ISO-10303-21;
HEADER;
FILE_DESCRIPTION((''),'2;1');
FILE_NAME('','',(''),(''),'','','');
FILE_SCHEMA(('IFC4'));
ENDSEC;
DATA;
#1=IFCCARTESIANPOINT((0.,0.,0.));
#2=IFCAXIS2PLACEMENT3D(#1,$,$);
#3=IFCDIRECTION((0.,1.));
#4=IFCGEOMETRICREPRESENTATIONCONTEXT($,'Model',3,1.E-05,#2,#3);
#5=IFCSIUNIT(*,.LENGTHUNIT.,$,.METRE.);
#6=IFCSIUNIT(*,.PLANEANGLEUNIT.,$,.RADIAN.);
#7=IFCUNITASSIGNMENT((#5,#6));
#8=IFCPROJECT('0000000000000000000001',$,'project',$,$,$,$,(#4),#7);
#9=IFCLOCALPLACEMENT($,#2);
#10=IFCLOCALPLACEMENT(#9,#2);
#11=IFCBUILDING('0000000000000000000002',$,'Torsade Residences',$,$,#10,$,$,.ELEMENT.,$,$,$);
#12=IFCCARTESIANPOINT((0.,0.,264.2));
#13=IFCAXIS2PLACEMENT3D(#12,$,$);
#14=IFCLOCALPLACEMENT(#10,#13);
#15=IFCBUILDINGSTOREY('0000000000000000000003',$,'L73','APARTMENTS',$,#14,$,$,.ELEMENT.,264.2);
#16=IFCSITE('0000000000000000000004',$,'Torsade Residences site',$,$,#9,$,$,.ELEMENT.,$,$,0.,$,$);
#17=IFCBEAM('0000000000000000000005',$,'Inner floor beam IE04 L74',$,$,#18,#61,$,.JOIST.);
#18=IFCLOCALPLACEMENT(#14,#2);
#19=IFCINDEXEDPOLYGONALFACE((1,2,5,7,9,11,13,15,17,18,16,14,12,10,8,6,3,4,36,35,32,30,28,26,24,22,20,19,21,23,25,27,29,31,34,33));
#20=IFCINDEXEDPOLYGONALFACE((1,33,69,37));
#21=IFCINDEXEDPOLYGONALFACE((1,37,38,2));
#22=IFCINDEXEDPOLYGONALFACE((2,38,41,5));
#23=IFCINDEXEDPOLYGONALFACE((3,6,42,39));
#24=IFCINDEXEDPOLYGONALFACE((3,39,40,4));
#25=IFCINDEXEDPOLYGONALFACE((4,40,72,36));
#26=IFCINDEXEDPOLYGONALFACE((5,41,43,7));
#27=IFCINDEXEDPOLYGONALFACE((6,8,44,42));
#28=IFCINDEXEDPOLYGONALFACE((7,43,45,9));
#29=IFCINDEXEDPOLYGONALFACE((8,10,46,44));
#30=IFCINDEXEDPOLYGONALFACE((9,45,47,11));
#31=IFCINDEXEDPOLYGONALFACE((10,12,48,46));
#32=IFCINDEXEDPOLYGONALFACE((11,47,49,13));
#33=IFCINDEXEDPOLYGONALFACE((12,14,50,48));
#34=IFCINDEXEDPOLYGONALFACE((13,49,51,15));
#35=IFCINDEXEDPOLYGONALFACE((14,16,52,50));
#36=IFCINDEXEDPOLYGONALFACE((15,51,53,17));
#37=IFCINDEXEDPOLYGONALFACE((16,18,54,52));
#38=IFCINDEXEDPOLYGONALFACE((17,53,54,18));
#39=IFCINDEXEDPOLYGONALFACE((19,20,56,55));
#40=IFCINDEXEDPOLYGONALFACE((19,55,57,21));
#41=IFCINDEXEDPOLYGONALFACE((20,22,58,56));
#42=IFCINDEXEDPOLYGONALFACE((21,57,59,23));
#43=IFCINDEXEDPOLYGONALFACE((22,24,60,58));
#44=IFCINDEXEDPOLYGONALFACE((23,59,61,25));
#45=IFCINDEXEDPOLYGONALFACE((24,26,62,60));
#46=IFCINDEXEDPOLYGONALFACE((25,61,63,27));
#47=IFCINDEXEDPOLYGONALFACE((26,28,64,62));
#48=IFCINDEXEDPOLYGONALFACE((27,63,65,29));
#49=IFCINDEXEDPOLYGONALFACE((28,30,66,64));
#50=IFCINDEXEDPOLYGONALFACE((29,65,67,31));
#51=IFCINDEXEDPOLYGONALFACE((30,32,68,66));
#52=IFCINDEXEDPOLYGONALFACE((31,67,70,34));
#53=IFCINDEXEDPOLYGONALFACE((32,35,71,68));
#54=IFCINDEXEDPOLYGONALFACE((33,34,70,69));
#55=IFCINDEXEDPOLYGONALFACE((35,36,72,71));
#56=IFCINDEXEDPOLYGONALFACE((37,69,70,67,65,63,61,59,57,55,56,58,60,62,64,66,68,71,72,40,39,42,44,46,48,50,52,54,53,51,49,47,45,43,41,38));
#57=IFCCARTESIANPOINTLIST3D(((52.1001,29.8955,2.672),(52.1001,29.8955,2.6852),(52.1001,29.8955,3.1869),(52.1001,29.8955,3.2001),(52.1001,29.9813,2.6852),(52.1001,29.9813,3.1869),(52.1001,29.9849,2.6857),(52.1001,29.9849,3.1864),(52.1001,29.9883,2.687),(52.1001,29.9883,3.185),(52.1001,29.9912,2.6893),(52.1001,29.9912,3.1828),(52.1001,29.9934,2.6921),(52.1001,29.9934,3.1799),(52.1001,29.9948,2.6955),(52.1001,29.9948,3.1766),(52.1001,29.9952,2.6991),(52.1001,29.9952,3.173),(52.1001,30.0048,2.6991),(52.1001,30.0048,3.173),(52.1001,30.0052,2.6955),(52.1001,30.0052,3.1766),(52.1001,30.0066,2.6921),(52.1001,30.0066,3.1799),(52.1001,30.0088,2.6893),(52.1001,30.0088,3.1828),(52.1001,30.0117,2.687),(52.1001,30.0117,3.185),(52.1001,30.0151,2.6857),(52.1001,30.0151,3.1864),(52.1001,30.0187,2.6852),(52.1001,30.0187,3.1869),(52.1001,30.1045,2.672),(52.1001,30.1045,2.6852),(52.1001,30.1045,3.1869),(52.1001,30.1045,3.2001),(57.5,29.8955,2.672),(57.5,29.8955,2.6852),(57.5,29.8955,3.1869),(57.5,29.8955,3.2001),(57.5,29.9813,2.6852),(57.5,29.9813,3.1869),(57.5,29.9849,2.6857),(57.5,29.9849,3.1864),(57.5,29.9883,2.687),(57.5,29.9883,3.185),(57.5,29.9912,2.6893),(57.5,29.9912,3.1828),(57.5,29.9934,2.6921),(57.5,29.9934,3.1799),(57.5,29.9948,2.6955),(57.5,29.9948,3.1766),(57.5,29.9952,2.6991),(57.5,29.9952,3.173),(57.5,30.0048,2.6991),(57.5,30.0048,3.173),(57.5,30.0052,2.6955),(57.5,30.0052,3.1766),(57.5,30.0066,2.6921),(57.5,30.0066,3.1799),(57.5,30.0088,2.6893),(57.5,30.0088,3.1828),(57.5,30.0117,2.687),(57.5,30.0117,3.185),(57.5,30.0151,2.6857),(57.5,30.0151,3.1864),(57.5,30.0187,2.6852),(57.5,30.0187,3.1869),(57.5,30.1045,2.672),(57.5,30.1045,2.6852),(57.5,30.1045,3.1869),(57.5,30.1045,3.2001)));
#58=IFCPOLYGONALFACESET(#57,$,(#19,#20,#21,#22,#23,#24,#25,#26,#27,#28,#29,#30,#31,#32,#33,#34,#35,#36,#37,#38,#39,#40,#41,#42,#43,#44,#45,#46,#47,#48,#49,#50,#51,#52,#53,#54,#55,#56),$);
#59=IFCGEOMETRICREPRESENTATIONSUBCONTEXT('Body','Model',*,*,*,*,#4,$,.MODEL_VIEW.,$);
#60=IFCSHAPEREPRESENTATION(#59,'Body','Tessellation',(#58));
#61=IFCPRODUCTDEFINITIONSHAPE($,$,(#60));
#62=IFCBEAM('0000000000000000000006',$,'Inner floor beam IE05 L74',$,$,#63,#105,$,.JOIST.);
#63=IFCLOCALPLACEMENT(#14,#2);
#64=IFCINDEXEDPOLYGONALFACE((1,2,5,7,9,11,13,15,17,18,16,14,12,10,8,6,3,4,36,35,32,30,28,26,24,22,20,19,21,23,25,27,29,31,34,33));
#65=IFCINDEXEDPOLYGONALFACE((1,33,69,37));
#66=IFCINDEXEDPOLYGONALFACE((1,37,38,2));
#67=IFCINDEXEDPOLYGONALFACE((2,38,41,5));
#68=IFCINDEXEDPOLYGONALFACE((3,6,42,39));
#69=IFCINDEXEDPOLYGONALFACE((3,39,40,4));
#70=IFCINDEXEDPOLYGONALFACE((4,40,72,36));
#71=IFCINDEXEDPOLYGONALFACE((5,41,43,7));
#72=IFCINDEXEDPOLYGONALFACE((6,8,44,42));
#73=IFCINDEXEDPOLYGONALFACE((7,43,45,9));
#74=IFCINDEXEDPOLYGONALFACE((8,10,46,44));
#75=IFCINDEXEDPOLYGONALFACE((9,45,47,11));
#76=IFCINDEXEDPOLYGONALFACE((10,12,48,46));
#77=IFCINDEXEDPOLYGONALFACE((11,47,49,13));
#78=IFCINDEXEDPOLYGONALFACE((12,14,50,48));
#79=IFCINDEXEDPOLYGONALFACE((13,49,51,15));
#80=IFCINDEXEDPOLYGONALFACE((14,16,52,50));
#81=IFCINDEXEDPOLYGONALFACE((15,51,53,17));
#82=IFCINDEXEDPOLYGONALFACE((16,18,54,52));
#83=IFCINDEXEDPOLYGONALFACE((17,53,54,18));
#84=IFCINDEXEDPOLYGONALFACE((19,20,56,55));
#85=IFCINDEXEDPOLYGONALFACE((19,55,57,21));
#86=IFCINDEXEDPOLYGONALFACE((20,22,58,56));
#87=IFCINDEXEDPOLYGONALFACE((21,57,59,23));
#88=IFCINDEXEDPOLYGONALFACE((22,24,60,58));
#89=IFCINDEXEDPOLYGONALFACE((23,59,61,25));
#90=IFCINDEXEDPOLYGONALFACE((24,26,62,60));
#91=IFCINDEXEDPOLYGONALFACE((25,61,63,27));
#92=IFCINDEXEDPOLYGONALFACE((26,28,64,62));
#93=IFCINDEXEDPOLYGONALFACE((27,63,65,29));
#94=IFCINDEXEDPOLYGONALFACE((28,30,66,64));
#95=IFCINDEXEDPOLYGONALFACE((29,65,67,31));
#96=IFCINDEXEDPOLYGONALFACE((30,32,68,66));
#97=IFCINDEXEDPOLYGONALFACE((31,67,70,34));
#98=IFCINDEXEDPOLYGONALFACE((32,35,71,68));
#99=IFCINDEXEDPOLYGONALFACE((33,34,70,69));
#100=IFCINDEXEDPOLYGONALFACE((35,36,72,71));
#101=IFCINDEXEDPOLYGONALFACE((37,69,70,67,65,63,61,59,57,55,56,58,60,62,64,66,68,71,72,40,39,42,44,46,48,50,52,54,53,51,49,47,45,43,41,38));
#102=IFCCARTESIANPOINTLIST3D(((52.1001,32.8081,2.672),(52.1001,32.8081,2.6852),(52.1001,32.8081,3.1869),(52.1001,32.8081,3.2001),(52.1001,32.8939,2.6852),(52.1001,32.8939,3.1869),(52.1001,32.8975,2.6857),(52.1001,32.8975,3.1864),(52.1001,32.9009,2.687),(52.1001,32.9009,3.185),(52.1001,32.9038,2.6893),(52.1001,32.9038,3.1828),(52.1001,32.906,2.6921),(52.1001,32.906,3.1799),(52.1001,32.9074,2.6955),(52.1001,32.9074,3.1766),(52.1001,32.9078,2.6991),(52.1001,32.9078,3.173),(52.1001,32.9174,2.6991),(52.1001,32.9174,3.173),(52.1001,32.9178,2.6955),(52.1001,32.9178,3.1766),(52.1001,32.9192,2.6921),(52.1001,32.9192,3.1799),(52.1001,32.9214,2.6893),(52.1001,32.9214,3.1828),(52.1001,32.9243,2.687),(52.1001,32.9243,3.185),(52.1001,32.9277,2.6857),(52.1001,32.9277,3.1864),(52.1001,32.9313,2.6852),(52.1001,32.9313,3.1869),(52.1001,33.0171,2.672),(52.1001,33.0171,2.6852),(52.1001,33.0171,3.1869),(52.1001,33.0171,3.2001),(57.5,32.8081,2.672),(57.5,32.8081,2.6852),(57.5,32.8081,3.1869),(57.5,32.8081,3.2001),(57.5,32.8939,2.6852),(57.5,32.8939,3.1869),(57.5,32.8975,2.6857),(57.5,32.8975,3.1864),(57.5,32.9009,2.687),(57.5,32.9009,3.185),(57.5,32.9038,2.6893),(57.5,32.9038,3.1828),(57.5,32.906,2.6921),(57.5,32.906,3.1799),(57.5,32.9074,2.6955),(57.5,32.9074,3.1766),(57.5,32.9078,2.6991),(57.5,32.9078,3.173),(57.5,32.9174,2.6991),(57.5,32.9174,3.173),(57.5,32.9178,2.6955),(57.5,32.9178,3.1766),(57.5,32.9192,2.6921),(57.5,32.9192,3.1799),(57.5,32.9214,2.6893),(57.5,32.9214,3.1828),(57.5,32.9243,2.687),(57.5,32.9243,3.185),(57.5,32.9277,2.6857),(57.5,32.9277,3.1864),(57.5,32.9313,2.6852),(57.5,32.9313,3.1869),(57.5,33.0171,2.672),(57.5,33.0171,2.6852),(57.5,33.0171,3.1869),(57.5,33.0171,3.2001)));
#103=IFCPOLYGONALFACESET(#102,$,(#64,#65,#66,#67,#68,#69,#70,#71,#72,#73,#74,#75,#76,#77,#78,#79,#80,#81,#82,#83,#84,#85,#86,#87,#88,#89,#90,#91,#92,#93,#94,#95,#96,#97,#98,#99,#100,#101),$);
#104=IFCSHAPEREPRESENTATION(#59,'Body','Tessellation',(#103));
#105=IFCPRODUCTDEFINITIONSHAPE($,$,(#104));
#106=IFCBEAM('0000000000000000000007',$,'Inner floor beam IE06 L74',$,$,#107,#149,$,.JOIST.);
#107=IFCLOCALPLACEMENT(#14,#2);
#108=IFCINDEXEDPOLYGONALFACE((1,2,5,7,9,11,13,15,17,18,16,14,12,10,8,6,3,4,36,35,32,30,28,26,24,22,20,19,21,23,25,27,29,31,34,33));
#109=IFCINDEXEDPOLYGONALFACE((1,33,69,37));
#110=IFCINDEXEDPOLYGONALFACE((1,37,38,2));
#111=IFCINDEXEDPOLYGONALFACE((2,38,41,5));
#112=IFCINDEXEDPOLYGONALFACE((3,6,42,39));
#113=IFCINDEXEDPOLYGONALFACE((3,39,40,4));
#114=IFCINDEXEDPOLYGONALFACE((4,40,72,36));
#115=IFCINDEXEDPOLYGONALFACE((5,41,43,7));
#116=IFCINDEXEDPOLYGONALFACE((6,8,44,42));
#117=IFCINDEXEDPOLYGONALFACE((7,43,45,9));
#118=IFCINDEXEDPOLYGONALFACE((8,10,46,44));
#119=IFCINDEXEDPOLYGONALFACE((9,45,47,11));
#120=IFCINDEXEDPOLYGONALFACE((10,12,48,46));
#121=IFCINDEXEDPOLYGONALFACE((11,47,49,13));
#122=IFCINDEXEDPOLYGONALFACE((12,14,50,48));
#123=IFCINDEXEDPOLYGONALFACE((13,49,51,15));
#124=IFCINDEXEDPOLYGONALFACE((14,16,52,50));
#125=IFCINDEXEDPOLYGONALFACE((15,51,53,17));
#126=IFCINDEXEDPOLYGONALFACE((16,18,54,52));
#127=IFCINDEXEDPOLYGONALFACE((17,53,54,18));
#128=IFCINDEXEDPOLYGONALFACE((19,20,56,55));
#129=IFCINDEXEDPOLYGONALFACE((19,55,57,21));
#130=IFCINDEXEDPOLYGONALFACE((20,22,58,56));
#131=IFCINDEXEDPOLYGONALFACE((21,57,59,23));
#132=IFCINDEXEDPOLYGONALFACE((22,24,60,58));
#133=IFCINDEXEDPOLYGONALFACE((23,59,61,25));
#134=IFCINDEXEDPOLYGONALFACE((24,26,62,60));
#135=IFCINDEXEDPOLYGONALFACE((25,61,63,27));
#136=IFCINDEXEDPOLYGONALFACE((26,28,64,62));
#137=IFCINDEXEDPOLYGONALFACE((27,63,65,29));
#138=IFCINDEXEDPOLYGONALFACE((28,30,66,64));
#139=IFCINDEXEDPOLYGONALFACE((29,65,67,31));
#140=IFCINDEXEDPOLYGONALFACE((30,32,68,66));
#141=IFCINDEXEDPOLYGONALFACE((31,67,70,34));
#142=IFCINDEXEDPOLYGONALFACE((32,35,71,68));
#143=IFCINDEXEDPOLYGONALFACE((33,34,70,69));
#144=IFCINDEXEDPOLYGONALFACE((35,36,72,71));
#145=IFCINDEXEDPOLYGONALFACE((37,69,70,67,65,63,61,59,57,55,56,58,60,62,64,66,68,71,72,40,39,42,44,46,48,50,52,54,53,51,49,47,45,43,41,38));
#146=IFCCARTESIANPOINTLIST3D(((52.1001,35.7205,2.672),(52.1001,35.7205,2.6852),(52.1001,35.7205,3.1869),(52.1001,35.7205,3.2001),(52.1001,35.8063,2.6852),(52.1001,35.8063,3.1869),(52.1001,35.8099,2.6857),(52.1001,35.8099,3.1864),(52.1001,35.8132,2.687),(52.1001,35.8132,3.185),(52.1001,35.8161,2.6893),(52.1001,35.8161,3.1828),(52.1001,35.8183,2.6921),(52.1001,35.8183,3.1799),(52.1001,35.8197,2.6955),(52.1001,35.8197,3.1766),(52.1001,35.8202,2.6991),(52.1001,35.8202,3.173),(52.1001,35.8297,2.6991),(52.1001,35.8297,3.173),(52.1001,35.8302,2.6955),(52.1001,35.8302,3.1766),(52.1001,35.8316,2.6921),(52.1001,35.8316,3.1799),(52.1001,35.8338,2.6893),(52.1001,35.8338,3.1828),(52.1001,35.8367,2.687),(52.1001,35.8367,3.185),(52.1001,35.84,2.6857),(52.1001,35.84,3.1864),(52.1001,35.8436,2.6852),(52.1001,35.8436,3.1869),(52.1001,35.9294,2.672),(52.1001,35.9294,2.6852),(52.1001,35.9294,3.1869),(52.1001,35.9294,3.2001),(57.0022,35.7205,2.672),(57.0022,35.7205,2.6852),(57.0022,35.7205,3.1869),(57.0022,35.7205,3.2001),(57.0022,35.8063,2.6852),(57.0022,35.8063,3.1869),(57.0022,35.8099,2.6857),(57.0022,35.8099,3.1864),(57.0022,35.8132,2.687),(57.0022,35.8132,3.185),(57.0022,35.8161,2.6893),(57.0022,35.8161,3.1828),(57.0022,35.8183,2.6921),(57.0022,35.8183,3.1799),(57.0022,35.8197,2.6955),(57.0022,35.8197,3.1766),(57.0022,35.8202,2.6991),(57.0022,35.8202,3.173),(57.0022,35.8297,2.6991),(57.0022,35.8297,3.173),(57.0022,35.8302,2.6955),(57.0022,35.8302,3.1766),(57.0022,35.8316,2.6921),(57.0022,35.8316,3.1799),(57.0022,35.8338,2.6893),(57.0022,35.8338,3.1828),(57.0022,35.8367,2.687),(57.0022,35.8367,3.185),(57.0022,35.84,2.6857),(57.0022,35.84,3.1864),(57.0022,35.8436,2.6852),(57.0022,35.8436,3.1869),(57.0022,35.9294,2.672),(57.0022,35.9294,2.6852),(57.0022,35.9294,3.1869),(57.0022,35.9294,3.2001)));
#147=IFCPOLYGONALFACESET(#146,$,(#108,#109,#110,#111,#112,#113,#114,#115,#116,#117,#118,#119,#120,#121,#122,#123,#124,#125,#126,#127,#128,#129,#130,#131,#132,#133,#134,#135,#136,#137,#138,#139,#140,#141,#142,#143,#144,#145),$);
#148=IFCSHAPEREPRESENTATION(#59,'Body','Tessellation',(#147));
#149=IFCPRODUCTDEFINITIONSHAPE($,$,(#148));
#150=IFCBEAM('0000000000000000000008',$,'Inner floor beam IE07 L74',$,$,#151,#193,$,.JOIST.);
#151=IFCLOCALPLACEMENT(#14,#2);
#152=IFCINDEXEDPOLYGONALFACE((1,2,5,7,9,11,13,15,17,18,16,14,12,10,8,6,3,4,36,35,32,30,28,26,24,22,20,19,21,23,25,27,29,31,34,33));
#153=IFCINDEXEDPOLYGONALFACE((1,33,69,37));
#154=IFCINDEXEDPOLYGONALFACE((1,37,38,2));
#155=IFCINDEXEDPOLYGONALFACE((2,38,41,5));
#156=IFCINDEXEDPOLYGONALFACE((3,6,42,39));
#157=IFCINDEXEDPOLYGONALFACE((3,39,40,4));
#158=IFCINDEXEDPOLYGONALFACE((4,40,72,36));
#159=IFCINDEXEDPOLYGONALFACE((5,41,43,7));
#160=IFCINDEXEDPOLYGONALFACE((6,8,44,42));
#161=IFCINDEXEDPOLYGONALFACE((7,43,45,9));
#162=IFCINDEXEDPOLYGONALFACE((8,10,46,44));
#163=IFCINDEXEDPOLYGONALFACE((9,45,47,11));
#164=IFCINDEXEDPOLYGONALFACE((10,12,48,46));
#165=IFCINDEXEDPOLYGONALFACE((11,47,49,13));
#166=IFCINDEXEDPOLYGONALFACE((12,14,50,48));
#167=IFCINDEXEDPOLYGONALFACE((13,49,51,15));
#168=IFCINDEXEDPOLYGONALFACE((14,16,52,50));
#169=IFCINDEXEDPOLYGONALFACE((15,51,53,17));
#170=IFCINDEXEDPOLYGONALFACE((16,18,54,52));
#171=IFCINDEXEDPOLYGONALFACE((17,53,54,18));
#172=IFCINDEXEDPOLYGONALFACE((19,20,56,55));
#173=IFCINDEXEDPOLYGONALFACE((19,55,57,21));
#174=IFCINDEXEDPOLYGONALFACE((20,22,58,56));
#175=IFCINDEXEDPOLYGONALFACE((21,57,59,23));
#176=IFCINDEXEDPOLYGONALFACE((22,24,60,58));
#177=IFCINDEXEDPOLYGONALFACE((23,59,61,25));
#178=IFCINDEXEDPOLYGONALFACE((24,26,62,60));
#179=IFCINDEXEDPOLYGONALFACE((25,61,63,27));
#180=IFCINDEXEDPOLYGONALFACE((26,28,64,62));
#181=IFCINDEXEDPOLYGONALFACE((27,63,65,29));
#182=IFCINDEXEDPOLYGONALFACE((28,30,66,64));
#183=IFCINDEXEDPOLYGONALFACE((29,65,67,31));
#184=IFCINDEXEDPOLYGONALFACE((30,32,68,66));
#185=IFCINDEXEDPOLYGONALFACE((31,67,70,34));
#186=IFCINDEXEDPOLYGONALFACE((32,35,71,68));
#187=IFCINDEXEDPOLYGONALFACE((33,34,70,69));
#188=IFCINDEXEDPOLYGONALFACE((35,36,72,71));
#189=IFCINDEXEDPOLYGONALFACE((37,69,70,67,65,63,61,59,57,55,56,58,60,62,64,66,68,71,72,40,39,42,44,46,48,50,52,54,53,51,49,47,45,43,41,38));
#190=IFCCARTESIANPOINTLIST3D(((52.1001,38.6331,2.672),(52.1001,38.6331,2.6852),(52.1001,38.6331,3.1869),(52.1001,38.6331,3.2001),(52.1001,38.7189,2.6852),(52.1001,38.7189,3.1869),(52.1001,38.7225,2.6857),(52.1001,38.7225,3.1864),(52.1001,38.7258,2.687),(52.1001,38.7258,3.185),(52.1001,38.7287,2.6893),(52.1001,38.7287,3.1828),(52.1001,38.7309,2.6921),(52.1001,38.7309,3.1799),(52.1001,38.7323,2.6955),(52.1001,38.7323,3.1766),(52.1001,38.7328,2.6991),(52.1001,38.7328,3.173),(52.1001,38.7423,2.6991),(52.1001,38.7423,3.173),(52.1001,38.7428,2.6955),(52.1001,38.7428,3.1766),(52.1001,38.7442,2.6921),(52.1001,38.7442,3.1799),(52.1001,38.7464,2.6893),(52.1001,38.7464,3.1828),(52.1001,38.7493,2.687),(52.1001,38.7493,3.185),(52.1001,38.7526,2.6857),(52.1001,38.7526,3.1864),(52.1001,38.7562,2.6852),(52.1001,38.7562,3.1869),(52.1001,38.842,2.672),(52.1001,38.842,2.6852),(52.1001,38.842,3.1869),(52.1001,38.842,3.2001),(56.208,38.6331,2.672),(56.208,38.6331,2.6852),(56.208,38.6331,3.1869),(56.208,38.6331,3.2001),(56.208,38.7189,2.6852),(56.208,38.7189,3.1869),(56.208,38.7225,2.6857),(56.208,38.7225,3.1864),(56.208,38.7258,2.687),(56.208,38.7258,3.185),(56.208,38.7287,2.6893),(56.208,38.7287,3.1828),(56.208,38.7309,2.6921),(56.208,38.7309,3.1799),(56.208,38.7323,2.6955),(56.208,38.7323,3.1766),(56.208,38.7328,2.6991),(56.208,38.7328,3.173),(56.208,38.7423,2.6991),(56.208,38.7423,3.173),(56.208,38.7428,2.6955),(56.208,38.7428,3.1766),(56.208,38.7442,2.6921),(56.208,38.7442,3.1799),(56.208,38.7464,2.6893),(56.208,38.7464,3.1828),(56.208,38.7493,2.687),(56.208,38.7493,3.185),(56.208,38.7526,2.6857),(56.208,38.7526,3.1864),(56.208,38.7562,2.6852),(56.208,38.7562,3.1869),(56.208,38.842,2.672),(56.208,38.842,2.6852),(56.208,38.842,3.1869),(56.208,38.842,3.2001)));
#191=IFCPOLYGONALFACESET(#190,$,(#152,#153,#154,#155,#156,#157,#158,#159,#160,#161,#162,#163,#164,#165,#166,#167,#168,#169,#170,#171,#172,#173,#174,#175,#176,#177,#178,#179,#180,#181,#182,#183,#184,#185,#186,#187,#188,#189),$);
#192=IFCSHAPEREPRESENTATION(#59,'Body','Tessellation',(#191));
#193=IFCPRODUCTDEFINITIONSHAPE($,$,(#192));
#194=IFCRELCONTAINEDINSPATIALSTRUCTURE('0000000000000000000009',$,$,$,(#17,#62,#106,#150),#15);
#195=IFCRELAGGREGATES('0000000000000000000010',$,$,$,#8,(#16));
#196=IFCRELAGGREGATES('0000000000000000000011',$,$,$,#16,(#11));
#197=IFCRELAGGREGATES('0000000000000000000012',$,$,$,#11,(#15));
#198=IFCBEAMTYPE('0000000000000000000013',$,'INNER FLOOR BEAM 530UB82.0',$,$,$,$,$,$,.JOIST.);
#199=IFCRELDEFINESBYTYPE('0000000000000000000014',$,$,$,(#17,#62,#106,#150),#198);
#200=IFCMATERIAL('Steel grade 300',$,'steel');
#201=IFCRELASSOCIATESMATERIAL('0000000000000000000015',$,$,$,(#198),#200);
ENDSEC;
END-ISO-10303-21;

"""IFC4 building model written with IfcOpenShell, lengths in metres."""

from ifc_helpers import new_model, si_unit, direction, frame, origin, origin_2d, place, context, subcontext, project, spatial, i_section, extrude, material, material_profile, profile_set, type_object, element, save


model = new_model("IFC4")

# Units and contexts
model_context = context("Model", 3, precision=1e-05, world=origin(), true_north=direction((0.0, 1.0)))
body_context = subcontext(model_context, "Body", "Model", "MODEL_VIEW")
ifc_project = project(units=[si_unit("LENGTHUNIT", "METRE"), si_unit("PLANEANGLEUNIT", "RADIAN")], contexts=[model_context])

# Site, building, storey
site_placement = place(None, origin())
site = spatial("IfcSite", under=ifc_project, at=site_placement, Name="Torsade Residences site", CompositionType="ELEMENT", RefElevation=0.0)
building_placement = place(site_placement, origin())
building = spatial("IfcBuilding", under=site, at=building_placement, Name="Torsade Residences", CompositionType="ELEMENT")
storey_placement = place(building_placement, frame((0.0, 0.0, 264.2)))
storey = spatial("IfcBuildingStorey", under=building, at=storey_placement, Name="L73", Description="APARTMENTS", CompositionType="ELEMENT", Elevation=264.2)

# Beams
ifc_material_1 = material(Name="Steel grade 300", Category="steel")
ifc_material_profile_1 = material_profile(ifc_material_1, i_section(OverallWidth=0.209, OverallDepth=0.5281, WebThickness=0.0095, FlangeThickness=0.0132, FilletRadius=0.0139, at=origin_2d()), Name="530UB82.0")
ifc_profile_set_1 = profile_set([ifc_material_profile_1], Name="Steel grade 300")
beam_type_1 = type_object("IfcBeamType", Name="INNER FLOOR BEAM 530UB82.0", PredefinedType="JOIST", material=ifc_profile_set_1)
for number, where, z_axis, x_axis, name in (
    (1, (52.1001, 30.0, 2.936), (1.0, 0.0, 0.0), (0.0, 1.0, 0.0), "Inner floor beam IE04 L74"),
    (2, (52.1001, 32.9126, 2.936), (1.0, 0.0, 0.0), (0.0, 1.0, 0.0), "Inner floor beam IE05 L74"),
):
    element("IfcBeam", number, at=place(storey_placement, frame(where, z_axis=z_axis, x_axis=x_axis)), inside=storey, type_object=beam_type_1, Name=name, PredefinedType="JOIST", context=body_context, shape_type="SweptSolid", body=[
        extrude(i_section(OverallWidth=0.209, OverallDepth=0.5281, WebThickness=0.0095, FlangeThickness=0.0132, FilletRadius=0.0139, at=origin_2d()), origin(), (0.0, 0.0, 1.0), 5.3999),
    ])
beam_1_placement = place(storey_placement, frame((52.1001, 35.825, 2.936), z_axis=(1.0, 0.0, 0.0), x_axis=(0.0, 1.0, 0.0)))
element("IfcBeam", 3, at=beam_1_placement, inside=storey, type_object=beam_type_1, Name="Inner floor beam IE06 L74", PredefinedType="JOIST", context=body_context, shape_type="SweptSolid", body=[
    extrude(i_section(OverallWidth=0.209, OverallDepth=0.5281, WebThickness=0.0095, FlangeThickness=0.0132, FilletRadius=0.0139, at=origin_2d()), origin(), (0.0, 0.0, 1.0), 4.9021),
])
beam_2_placement = place(storey_placement, frame((52.1001, 38.7375, 2.936), z_axis=(1.0, 0.0, 0.0), x_axis=(0.0, 1.0, 0.0)))
element("IfcBeam", 4, at=beam_2_placement, inside=storey, type_object=beam_type_1, Name="Inner floor beam IE07 L74", PredefinedType="JOIST", context=body_context, shape_type="SweptSolid", body=[
    extrude(i_section(OverallWidth=0.209, OverallDepth=0.5281, WebThickness=0.0095, FlangeThickness=0.0132, FilletRadius=0.0139, at=origin_2d()), origin(), (0.0, 0.0, 1.0), 4.1079),
])

save(model, "model.ifc")
